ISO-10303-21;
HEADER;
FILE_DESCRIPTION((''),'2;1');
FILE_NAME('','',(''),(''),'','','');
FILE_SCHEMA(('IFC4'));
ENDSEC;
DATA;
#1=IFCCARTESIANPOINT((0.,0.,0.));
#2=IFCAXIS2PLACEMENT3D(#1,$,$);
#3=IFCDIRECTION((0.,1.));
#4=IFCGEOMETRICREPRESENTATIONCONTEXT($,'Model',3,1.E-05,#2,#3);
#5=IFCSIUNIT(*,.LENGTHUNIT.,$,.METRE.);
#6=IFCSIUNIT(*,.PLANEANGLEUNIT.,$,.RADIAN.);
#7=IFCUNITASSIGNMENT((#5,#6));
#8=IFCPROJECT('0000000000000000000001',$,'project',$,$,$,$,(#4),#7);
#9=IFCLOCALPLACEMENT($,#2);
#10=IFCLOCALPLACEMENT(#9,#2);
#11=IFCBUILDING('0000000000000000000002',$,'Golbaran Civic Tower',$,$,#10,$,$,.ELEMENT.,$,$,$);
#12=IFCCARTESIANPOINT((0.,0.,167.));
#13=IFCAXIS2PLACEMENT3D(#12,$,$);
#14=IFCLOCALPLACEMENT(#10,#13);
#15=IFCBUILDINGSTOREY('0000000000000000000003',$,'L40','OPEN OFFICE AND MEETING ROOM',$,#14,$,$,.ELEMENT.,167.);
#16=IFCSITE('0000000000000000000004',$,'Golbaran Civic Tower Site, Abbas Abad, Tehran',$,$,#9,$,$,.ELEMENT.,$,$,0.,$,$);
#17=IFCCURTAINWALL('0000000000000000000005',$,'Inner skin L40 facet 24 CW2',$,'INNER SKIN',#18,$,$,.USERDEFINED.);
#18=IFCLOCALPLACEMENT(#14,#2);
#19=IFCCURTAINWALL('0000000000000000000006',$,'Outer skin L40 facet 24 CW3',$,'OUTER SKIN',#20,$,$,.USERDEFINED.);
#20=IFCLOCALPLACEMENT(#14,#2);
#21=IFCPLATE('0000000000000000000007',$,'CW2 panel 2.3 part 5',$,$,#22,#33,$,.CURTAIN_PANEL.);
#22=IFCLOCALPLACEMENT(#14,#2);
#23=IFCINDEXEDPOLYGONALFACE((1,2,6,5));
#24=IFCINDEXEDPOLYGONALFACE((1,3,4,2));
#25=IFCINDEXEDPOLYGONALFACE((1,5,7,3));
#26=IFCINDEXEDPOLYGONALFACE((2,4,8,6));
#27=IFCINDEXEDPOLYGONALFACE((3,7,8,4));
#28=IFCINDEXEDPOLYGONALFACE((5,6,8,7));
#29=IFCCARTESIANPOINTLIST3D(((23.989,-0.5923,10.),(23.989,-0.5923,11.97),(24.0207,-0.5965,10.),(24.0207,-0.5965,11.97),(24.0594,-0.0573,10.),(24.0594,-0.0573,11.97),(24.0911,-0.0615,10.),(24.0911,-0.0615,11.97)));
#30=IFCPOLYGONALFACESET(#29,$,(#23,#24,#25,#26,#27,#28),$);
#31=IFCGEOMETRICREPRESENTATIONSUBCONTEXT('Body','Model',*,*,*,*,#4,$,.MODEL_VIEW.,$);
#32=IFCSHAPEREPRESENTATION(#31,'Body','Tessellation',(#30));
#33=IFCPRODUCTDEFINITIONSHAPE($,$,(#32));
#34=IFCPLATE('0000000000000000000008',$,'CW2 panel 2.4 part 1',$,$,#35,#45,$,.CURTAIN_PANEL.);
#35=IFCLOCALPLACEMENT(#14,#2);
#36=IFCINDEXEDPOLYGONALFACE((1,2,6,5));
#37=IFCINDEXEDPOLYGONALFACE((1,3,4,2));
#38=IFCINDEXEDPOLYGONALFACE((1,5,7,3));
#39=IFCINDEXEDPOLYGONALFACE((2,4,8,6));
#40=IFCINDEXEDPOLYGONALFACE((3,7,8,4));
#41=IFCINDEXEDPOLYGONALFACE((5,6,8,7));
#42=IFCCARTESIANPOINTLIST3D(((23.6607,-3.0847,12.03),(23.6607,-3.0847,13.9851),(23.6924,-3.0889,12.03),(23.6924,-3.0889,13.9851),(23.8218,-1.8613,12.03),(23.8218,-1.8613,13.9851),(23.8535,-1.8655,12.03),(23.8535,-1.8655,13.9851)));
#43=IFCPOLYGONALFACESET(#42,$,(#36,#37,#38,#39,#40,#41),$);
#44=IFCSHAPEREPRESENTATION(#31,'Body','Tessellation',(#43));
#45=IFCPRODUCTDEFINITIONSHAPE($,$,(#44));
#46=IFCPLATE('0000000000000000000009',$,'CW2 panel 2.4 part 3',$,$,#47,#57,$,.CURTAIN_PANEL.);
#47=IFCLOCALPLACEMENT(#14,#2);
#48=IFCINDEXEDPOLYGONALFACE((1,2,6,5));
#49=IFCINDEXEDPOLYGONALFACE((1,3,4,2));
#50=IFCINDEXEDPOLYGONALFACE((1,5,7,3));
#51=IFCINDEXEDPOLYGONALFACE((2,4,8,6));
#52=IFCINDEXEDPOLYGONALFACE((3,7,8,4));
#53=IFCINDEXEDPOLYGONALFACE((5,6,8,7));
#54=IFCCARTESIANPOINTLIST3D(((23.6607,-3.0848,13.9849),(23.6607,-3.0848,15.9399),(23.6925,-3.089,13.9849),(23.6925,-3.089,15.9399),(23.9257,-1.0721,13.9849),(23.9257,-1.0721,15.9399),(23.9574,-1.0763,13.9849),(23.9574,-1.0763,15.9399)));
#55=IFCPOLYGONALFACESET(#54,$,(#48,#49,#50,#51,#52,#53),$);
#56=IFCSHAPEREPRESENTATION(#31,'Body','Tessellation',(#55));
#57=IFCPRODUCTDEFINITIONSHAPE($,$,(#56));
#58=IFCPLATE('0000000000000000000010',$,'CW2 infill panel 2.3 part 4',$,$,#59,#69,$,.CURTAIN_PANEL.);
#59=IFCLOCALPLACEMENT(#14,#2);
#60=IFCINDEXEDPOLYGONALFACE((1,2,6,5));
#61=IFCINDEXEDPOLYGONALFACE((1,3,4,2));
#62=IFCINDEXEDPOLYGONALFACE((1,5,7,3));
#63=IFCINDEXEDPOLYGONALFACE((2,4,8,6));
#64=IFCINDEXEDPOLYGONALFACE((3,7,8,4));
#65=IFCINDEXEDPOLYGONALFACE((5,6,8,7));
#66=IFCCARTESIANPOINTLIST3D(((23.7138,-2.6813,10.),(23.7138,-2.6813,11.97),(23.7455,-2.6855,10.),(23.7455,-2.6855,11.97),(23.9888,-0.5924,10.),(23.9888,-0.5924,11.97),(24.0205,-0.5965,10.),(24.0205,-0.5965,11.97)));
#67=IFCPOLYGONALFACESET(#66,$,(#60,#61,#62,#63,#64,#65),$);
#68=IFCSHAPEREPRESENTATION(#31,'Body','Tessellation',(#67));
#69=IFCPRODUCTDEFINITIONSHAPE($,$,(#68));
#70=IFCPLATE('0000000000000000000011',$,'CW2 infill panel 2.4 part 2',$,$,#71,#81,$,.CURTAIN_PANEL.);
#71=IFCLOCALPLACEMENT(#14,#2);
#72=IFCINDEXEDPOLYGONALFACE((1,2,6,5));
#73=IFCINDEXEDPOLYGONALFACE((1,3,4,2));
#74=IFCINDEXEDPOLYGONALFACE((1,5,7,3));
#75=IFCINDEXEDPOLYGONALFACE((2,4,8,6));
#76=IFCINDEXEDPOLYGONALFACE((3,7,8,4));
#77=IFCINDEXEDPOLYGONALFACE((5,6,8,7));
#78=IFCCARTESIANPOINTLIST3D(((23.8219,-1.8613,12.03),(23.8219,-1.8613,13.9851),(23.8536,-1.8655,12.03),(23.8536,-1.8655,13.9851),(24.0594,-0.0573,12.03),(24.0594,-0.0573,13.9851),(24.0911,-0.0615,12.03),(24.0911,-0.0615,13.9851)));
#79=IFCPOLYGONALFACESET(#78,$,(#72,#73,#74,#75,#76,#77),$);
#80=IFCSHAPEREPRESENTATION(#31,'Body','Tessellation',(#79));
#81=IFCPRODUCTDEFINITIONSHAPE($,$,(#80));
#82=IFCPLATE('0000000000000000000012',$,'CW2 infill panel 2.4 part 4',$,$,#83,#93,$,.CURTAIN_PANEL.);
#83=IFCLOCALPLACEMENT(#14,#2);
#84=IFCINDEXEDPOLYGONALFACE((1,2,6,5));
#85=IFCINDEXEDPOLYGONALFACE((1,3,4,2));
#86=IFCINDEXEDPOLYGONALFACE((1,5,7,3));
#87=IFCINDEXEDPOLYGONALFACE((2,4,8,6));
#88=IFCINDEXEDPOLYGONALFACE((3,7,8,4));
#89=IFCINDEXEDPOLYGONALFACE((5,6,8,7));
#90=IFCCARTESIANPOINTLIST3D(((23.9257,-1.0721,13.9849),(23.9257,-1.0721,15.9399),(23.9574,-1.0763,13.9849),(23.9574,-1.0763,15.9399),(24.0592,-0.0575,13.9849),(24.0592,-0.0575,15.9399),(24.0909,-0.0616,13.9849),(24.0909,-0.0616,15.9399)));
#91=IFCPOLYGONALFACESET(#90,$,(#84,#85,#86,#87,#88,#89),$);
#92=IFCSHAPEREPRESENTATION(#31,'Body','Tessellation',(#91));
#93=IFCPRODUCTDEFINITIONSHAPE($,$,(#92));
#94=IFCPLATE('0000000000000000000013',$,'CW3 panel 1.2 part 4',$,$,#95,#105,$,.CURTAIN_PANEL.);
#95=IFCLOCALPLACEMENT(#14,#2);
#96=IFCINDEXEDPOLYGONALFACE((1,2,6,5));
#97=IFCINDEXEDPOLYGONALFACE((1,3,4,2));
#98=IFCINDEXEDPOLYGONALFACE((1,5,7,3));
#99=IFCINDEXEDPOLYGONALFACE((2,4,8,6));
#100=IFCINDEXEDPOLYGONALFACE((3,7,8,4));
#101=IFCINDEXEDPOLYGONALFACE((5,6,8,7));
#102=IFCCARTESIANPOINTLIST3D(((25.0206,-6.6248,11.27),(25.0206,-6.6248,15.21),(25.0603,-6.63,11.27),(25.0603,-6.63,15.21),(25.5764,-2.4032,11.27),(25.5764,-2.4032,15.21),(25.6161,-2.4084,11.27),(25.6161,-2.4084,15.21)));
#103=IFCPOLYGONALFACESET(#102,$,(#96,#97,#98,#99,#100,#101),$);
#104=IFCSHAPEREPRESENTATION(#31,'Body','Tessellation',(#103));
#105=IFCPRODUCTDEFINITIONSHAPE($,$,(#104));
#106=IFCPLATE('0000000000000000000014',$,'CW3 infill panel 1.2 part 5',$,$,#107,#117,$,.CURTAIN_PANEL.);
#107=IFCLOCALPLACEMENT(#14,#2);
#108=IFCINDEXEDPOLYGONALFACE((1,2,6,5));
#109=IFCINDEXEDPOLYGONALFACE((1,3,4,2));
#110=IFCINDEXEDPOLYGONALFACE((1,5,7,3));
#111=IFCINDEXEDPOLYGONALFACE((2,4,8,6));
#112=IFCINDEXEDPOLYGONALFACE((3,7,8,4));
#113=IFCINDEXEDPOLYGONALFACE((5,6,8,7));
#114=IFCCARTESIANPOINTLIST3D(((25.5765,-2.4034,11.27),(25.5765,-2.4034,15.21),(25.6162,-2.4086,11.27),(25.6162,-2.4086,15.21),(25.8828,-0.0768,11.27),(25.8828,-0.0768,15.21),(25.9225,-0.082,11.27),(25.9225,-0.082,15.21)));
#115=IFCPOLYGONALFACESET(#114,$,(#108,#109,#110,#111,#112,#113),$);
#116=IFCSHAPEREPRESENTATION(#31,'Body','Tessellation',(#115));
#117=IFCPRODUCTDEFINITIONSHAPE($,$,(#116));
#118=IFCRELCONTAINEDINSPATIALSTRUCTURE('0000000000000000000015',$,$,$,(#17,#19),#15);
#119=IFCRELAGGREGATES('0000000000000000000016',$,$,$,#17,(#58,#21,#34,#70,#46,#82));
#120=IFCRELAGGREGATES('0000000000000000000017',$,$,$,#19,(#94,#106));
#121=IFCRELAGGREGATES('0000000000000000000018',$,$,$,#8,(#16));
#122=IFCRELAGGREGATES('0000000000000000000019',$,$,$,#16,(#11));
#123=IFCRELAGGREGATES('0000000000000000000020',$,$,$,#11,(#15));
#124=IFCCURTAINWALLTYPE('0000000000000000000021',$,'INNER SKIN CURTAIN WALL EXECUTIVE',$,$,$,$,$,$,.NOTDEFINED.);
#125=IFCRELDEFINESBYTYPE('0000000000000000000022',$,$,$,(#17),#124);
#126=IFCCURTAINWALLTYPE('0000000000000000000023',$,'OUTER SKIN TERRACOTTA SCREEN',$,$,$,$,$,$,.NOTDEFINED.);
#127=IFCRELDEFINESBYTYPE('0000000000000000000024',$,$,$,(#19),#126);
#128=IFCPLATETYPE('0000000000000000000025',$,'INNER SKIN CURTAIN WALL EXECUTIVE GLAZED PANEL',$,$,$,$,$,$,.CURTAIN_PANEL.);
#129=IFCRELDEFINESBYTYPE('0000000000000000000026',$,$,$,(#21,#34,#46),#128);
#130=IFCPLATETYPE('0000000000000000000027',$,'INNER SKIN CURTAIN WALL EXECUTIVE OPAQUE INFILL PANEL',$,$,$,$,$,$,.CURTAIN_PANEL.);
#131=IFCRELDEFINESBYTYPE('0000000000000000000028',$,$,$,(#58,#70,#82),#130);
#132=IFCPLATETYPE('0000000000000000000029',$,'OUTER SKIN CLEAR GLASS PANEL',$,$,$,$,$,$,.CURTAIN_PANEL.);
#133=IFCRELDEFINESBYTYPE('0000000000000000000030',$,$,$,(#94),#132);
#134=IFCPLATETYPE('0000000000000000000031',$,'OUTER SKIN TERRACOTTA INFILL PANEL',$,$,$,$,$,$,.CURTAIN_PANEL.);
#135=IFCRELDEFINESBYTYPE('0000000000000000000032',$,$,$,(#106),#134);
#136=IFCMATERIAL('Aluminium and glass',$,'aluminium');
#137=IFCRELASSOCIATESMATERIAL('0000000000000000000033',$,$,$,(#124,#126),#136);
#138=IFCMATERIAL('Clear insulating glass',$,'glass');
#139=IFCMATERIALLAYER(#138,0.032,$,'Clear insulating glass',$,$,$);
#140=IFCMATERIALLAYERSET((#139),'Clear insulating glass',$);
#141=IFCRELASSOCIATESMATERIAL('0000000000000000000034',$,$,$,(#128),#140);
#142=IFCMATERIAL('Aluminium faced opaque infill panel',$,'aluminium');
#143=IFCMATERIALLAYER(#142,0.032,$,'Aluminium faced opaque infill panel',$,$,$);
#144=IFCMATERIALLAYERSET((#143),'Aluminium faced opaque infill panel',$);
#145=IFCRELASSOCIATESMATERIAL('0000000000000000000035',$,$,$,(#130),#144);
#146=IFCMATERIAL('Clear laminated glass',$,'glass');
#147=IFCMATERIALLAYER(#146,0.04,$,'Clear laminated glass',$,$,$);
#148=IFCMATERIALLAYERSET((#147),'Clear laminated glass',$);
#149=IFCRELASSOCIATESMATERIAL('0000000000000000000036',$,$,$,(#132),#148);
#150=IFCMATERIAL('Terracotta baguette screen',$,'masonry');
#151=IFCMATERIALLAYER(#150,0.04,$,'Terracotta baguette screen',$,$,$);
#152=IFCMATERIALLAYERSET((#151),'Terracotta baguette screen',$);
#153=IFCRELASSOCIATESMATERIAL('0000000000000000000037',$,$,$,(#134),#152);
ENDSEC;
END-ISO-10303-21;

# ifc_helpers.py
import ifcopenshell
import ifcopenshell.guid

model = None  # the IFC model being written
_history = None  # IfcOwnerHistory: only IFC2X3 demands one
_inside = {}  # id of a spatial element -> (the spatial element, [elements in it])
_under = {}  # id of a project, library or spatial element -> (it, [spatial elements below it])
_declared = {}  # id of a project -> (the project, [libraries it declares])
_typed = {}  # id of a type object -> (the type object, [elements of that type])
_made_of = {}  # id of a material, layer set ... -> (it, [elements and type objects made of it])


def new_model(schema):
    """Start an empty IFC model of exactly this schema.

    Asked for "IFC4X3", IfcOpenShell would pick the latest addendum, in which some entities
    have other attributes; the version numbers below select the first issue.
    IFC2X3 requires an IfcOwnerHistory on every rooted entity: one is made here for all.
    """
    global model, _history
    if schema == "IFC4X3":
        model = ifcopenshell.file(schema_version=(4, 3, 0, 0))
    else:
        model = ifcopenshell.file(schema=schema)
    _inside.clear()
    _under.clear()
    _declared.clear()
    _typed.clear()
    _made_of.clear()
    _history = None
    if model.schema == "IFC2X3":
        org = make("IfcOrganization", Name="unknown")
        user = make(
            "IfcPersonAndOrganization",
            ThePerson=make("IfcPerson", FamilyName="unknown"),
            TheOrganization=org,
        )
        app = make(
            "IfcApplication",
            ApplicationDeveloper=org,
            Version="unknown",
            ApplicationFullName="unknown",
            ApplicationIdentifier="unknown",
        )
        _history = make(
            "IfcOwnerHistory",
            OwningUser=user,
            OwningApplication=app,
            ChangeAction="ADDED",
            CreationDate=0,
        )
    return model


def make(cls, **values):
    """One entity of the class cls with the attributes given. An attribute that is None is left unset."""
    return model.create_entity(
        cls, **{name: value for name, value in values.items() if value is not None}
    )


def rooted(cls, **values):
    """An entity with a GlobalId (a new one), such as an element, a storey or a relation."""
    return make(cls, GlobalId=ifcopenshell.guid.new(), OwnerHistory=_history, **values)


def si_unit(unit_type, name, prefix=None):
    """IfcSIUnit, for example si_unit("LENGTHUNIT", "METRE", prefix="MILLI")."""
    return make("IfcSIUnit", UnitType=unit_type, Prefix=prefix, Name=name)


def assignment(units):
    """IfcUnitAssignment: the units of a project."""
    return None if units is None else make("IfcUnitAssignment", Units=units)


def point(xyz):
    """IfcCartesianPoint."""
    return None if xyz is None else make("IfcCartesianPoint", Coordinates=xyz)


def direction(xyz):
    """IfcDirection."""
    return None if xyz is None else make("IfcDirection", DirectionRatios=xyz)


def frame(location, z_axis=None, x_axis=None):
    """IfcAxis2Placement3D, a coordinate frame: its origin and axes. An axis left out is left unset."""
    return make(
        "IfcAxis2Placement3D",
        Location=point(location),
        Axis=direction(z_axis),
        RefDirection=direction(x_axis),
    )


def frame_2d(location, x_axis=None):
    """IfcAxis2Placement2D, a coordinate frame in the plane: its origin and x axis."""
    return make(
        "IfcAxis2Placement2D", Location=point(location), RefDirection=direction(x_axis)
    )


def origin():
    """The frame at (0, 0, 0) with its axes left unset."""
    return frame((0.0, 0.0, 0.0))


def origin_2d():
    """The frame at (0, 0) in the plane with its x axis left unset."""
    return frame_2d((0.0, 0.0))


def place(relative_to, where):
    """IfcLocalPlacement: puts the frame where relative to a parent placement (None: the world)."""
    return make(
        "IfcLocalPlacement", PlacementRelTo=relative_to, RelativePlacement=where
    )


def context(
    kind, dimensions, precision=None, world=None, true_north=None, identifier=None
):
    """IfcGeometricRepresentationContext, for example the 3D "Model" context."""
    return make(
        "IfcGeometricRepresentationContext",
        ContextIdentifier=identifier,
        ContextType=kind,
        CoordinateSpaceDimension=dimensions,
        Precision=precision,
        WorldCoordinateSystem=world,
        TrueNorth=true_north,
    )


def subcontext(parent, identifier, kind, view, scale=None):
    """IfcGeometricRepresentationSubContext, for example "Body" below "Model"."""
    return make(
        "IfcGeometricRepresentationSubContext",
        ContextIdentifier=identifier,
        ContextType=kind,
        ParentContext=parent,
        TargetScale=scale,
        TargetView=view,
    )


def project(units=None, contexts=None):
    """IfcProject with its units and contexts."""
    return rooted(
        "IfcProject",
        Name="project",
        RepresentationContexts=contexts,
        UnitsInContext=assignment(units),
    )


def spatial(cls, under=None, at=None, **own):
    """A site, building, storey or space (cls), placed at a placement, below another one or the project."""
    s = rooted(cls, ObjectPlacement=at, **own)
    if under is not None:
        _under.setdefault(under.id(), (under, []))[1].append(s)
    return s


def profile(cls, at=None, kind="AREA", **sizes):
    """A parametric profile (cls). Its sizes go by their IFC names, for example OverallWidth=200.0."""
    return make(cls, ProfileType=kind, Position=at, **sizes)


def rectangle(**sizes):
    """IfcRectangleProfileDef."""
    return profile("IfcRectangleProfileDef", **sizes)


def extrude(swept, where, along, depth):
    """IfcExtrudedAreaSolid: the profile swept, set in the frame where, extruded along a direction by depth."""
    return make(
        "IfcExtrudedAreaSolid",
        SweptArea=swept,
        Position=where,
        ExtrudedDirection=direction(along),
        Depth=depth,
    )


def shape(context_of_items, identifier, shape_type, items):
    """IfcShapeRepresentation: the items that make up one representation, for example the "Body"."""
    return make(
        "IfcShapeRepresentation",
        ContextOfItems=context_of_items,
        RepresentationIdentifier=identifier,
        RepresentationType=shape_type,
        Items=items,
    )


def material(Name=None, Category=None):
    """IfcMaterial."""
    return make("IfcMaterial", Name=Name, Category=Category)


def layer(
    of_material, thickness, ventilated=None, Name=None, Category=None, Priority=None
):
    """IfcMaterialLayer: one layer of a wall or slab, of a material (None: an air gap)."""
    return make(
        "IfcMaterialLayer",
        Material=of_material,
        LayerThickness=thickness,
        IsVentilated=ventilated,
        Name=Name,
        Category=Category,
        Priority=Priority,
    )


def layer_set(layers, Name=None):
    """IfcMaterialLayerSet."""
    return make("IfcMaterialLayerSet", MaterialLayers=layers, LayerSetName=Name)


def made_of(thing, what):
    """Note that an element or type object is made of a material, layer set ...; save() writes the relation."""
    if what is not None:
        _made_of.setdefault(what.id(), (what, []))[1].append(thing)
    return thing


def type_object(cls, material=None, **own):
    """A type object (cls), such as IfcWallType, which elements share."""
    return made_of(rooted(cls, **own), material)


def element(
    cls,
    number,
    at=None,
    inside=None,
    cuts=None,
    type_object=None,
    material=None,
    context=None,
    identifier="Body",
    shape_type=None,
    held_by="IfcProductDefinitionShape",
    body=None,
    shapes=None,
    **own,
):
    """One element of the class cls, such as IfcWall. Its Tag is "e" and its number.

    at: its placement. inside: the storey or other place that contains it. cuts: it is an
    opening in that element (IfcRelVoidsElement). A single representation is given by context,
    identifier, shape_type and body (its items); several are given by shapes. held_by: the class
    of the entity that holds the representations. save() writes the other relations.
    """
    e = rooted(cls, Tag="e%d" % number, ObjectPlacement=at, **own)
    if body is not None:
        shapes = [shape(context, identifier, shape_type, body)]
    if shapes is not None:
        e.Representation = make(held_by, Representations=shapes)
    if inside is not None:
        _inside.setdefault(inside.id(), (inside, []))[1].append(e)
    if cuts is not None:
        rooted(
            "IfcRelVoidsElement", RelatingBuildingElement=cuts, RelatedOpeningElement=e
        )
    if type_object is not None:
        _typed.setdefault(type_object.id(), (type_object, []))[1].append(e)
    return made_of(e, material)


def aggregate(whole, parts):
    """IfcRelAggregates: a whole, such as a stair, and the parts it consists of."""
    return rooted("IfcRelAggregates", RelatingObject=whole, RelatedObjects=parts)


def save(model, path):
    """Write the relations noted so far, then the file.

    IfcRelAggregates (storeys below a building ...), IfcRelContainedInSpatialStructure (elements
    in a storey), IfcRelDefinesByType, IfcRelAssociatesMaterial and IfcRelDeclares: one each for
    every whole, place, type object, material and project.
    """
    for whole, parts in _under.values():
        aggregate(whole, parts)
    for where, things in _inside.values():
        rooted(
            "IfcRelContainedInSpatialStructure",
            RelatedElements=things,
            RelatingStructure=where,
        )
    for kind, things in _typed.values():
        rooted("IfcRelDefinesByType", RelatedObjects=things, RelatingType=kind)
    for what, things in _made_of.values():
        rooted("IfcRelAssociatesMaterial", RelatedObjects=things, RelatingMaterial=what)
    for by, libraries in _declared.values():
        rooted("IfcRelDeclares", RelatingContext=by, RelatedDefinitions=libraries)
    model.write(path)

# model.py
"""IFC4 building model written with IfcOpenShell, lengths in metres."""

from ifc_helpers import new_model, si_unit, direction, frame, origin, origin_2d, place, context, subcontext, project, spatial, rectangle, extrude, material, layer, layer_set, type_object, element, aggregate, save


model = new_model("IFC4")

# Units and contexts
model_context = context("Model", 3, precision=1e-05, world=origin(), true_north=direction((0.0, 1.0)))
body_context = subcontext(model_context, "Body", "Model", "MODEL_VIEW")
ifc_project = project(units=[si_unit("LENGTHUNIT", "METRE"), si_unit("PLANEANGLEUNIT", "RADIAN")], contexts=[model_context])

# Site, building, storey
site_placement = place(None, origin())
site = spatial("IfcSite", under=ifc_project, at=site_placement, Name="Golbaran Civic Tower Site, Abbas Abad, Tehran", CompositionType="ELEMENT", RefElevation=0.0)
building_placement = place(site_placement, origin())
building = spatial("IfcBuilding", under=site, at=building_placement, Name="Golbaran Civic Tower", CompositionType="ELEMENT")
storey_placement = place(building_placement, frame((0.0, 0.0, 167.0)))
storey = spatial("IfcBuildingStorey", under=building, at=storey_placement, Name="L40", Description="OPEN OFFICE AND MEETING ROOM", CompositionType="ELEMENT", Elevation=167.0)

# Curtain wall
ifc_material_1 = material(Name="Aluminium and glass", Category="aluminium")
curtain_wall_type_1 = type_object("IfcCurtainWallType", Name="INNER SKIN CURTAIN WALL EXECUTIVE", PredefinedType="NOTDEFINED", material=ifc_material_1)
curtain_wall_1_placement = place(storey_placement, origin())
curtain_wall_1 = element("IfcCurtainWall", 1, at=curtain_wall_1_placement, inside=storey, type_object=curtain_wall_type_1, Name="Inner skin L40 facet 24 CW2", ObjectType="INNER SKIN", PredefinedType="USERDEFINED")

# Curtain wall
curtain_wall_type_2 = type_object("IfcCurtainWallType", Name="OUTER SKIN TERRACOTTA SCREEN", PredefinedType="NOTDEFINED", material=ifc_material_1)
curtain_wall_2_placement = place(storey_placement, origin())
curtain_wall_2 = element("IfcCurtainWall", 2, at=curtain_wall_2_placement, inside=storey, type_object=curtain_wall_type_2, Name="Outer skin L40 facet 24 CW3", ObjectType="OUTER SKIN", PredefinedType="USERDEFINED")

# Plates
ifc_material_2 = material(Name="Clear insulating glass", Category="glass")
ifc_layer_1 = layer(ifc_material_2, 0.032, Name="Clear insulating glass")
ifc_layer_set_1 = layer_set([ifc_layer_1], Name="Clear insulating glass")
plate_type_1 = type_object("IfcPlateType", Name="INNER SKIN CURTAIN WALL EXECUTIVE GLAZED PANEL", PredefinedType="CURTAIN_PANEL", material=ifc_layer_set_1)
plate_1_placement = place(storey_placement, frame((24.04, -0.3269, 10.0), z_axis=(0.0, 0.0, 1.0), x_axis=(0.130526, 0.991445, 0.0)))
plate_1 = element("IfcPlate", 3, at=plate_1_placement, type_object=plate_type_1, Name="CW2 panel 2.3 part 5", PredefinedType="CURTAIN_PANEL", context=body_context, shape_type="SweptSolid", body=[
    extrude(rectangle(XDim=0.5396, YDim=0.032, at=origin_2d()), origin(), (0.0, 0.0, 1.0), 1.97),
])
plate_2_placement = place(storey_placement, frame((23.7571, -2.4751, 12.03), z_axis=(0.0, 0.0, 1.0), x_axis=(0.130526, 0.991445, 0.0)))
plate_2 = element("IfcPlate", 4, at=plate_2_placement, type_object=plate_type_1, Name="CW2 panel 2.4 part 1", PredefinedType="CURTAIN_PANEL", context=body_context, shape_type="SweptSolid", body=[
    extrude(rectangle(XDim=1.2339, YDim=0.032, at=origin_2d()), origin(), (0.0, 0.0, 1.0), 1.9551),
])
plate_3_placement = place(storey_placement, frame((23.8091, -2.0806, 13.9849), z_axis=(0.0, 0.0, 1.0), x_axis=(0.130526, 0.991445, 0.0)))
plate_3 = element("IfcPlate", 5, at=plate_3_placement, type_object=plate_type_1, Name="CW2 panel 2.4 part 3", PredefinedType="CURTAIN_PANEL", context=body_context, shape_type="SweptSolid", body=[
    extrude(rectangle(XDim=2.03, YDim=0.032, at=origin_2d()), origin(), (0.0, 0.0, 1.0), 1.9551),
])
ifc_material_3 = material(Name="Aluminium faced opaque infill panel", Category="aluminium")
ifc_layer_2 = layer(ifc_material_3, 0.032, Name="Aluminium faced opaque infill panel")
ifc_layer_set_2 = layer_set([ifc_layer_2], Name="Aluminium faced opaque infill panel")
plate_type_2 = type_object("IfcPlateType", Name="INNER SKIN CURTAIN WALL EXECUTIVE OPAQUE INFILL PANEL", PredefinedType="CURTAIN_PANEL", material=ifc_layer_set_2)
plate_4_placement = place(storey_placement, frame((23.8672, -1.6389, 10.0), z_axis=(0.0, 0.0, 1.0), x_axis=(0.130526, 0.991445, 0.0)))
plate_4 = element("IfcPlate", 6, at=plate_4_placement, type_object=plate_type_2, Name="CW2 infill panel 2.3 part 4", PredefinedType="CURTAIN_PANEL", context=body_context, shape_type="SweptSolid", body=[
    extrude(rectangle(XDim=2.1069, YDim=0.032, at=origin_2d()), origin(), (0.0, 0.0, 1.0), 1.97),
])
plate_5_placement = place(storey_placement, frame((23.9565, -0.9614, 12.03), z_axis=(0.0, 0.0, 1.0), x_axis=(0.130526, 0.991445, 0.0)))
plate_5 = element("IfcPlate", 7, at=plate_5_placement, type_object=plate_type_2, Name="CW2 infill panel 2.4 part 2", PredefinedType="CURTAIN_PANEL", context=body_context, shape_type="SweptSolid", body=[
    extrude(rectangle(XDim=1.8196, YDim=0.032, at=origin_2d()), origin(), (0.0, 0.0, 1.0), 1.9551),
])
plate_6_placement = place(storey_placement, frame((24.0083, -0.5669, 13.9849), z_axis=(0.0, 0.0, 1.0), x_axis=(0.130526, 0.991445, 0.0)))
plate_6 = element("IfcPlate", 8, at=plate_6_placement, type_object=plate_type_2, Name="CW2 infill panel 2.4 part 4", PredefinedType="CURTAIN_PANEL", context=body_context, shape_type="SweptSolid", body=[
    extrude(rectangle(XDim=1.0234, YDim=0.032, at=origin_2d()), origin(), (0.0, 0.0, 1.0), 1.9551),
])
aggregate(curtain_wall_1, [plate_4, plate_1, plate_2, plate_5, plate_3, plate_6])
ifc_material_4 = material(Name="Clear laminated glass", Category="glass")
ifc_layer_3 = layer(ifc_material_4, 0.04, Name="Clear laminated glass")
ifc_layer_set_3 = layer_set([ifc_layer_3], Name="Clear laminated glass")
plate_type_3 = type_object("IfcPlateType", Name="OUTER SKIN CLEAR GLASS PANEL", PredefinedType="CURTAIN_PANEL", material=ifc_layer_set_3)
plate_7_placement = place(storey_placement, frame((25.3184, -4.5166, 11.27), z_axis=(0.0, 0.0, 1.0), x_axis=(0.130526, 0.991445, 0.0)))
plate_7 = element("IfcPlate", 9, at=plate_7_placement, type_object=plate_type_3, Name="CW3 panel 1.2 part 4", PredefinedType="CURTAIN_PANEL", context=body_context, shape_type="SweptSolid", body=[
    extrude(rectangle(XDim=4.2581, YDim=0.04, at=origin_2d()), origin(), (0.0, 0.0, 1.0), 3.9399),
])
ifc_material_5 = material(Name="Terracotta baguette screen", Category="masonry")
ifc_layer_4 = layer(ifc_material_5, 0.04, Name="Terracotta baguette screen")
ifc_layer_set_4 = layer_set([ifc_layer_4], Name="Terracotta baguette screen")
plate_type_4 = type_object("IfcPlateType", Name="OUTER SKIN TERRACOTTA INFILL PANEL", PredefinedType="CURTAIN_PANEL", material=ifc_layer_set_4)
plate_8_placement = place(storey_placement, frame((25.7495, -1.2427, 11.27), z_axis=(0.0, 0.0, 1.0), x_axis=(0.130526, 0.991445, 0.0)))
plate_8 = element("IfcPlate", 10, at=plate_8_placement, type_object=plate_type_4, Name="CW3 infill panel 1.2 part 5", PredefinedType="CURTAIN_PANEL", context=body_context, shape_type="SweptSolid", body=[
    extrude(rectangle(XDim=2.3467, YDim=0.04, at=origin_2d()), origin(), (0.0, 0.0, 1.0), 3.9399),
])
aggregate(curtain_wall_2, [plate_7, plate_8])

save(model, "model.ifc")
